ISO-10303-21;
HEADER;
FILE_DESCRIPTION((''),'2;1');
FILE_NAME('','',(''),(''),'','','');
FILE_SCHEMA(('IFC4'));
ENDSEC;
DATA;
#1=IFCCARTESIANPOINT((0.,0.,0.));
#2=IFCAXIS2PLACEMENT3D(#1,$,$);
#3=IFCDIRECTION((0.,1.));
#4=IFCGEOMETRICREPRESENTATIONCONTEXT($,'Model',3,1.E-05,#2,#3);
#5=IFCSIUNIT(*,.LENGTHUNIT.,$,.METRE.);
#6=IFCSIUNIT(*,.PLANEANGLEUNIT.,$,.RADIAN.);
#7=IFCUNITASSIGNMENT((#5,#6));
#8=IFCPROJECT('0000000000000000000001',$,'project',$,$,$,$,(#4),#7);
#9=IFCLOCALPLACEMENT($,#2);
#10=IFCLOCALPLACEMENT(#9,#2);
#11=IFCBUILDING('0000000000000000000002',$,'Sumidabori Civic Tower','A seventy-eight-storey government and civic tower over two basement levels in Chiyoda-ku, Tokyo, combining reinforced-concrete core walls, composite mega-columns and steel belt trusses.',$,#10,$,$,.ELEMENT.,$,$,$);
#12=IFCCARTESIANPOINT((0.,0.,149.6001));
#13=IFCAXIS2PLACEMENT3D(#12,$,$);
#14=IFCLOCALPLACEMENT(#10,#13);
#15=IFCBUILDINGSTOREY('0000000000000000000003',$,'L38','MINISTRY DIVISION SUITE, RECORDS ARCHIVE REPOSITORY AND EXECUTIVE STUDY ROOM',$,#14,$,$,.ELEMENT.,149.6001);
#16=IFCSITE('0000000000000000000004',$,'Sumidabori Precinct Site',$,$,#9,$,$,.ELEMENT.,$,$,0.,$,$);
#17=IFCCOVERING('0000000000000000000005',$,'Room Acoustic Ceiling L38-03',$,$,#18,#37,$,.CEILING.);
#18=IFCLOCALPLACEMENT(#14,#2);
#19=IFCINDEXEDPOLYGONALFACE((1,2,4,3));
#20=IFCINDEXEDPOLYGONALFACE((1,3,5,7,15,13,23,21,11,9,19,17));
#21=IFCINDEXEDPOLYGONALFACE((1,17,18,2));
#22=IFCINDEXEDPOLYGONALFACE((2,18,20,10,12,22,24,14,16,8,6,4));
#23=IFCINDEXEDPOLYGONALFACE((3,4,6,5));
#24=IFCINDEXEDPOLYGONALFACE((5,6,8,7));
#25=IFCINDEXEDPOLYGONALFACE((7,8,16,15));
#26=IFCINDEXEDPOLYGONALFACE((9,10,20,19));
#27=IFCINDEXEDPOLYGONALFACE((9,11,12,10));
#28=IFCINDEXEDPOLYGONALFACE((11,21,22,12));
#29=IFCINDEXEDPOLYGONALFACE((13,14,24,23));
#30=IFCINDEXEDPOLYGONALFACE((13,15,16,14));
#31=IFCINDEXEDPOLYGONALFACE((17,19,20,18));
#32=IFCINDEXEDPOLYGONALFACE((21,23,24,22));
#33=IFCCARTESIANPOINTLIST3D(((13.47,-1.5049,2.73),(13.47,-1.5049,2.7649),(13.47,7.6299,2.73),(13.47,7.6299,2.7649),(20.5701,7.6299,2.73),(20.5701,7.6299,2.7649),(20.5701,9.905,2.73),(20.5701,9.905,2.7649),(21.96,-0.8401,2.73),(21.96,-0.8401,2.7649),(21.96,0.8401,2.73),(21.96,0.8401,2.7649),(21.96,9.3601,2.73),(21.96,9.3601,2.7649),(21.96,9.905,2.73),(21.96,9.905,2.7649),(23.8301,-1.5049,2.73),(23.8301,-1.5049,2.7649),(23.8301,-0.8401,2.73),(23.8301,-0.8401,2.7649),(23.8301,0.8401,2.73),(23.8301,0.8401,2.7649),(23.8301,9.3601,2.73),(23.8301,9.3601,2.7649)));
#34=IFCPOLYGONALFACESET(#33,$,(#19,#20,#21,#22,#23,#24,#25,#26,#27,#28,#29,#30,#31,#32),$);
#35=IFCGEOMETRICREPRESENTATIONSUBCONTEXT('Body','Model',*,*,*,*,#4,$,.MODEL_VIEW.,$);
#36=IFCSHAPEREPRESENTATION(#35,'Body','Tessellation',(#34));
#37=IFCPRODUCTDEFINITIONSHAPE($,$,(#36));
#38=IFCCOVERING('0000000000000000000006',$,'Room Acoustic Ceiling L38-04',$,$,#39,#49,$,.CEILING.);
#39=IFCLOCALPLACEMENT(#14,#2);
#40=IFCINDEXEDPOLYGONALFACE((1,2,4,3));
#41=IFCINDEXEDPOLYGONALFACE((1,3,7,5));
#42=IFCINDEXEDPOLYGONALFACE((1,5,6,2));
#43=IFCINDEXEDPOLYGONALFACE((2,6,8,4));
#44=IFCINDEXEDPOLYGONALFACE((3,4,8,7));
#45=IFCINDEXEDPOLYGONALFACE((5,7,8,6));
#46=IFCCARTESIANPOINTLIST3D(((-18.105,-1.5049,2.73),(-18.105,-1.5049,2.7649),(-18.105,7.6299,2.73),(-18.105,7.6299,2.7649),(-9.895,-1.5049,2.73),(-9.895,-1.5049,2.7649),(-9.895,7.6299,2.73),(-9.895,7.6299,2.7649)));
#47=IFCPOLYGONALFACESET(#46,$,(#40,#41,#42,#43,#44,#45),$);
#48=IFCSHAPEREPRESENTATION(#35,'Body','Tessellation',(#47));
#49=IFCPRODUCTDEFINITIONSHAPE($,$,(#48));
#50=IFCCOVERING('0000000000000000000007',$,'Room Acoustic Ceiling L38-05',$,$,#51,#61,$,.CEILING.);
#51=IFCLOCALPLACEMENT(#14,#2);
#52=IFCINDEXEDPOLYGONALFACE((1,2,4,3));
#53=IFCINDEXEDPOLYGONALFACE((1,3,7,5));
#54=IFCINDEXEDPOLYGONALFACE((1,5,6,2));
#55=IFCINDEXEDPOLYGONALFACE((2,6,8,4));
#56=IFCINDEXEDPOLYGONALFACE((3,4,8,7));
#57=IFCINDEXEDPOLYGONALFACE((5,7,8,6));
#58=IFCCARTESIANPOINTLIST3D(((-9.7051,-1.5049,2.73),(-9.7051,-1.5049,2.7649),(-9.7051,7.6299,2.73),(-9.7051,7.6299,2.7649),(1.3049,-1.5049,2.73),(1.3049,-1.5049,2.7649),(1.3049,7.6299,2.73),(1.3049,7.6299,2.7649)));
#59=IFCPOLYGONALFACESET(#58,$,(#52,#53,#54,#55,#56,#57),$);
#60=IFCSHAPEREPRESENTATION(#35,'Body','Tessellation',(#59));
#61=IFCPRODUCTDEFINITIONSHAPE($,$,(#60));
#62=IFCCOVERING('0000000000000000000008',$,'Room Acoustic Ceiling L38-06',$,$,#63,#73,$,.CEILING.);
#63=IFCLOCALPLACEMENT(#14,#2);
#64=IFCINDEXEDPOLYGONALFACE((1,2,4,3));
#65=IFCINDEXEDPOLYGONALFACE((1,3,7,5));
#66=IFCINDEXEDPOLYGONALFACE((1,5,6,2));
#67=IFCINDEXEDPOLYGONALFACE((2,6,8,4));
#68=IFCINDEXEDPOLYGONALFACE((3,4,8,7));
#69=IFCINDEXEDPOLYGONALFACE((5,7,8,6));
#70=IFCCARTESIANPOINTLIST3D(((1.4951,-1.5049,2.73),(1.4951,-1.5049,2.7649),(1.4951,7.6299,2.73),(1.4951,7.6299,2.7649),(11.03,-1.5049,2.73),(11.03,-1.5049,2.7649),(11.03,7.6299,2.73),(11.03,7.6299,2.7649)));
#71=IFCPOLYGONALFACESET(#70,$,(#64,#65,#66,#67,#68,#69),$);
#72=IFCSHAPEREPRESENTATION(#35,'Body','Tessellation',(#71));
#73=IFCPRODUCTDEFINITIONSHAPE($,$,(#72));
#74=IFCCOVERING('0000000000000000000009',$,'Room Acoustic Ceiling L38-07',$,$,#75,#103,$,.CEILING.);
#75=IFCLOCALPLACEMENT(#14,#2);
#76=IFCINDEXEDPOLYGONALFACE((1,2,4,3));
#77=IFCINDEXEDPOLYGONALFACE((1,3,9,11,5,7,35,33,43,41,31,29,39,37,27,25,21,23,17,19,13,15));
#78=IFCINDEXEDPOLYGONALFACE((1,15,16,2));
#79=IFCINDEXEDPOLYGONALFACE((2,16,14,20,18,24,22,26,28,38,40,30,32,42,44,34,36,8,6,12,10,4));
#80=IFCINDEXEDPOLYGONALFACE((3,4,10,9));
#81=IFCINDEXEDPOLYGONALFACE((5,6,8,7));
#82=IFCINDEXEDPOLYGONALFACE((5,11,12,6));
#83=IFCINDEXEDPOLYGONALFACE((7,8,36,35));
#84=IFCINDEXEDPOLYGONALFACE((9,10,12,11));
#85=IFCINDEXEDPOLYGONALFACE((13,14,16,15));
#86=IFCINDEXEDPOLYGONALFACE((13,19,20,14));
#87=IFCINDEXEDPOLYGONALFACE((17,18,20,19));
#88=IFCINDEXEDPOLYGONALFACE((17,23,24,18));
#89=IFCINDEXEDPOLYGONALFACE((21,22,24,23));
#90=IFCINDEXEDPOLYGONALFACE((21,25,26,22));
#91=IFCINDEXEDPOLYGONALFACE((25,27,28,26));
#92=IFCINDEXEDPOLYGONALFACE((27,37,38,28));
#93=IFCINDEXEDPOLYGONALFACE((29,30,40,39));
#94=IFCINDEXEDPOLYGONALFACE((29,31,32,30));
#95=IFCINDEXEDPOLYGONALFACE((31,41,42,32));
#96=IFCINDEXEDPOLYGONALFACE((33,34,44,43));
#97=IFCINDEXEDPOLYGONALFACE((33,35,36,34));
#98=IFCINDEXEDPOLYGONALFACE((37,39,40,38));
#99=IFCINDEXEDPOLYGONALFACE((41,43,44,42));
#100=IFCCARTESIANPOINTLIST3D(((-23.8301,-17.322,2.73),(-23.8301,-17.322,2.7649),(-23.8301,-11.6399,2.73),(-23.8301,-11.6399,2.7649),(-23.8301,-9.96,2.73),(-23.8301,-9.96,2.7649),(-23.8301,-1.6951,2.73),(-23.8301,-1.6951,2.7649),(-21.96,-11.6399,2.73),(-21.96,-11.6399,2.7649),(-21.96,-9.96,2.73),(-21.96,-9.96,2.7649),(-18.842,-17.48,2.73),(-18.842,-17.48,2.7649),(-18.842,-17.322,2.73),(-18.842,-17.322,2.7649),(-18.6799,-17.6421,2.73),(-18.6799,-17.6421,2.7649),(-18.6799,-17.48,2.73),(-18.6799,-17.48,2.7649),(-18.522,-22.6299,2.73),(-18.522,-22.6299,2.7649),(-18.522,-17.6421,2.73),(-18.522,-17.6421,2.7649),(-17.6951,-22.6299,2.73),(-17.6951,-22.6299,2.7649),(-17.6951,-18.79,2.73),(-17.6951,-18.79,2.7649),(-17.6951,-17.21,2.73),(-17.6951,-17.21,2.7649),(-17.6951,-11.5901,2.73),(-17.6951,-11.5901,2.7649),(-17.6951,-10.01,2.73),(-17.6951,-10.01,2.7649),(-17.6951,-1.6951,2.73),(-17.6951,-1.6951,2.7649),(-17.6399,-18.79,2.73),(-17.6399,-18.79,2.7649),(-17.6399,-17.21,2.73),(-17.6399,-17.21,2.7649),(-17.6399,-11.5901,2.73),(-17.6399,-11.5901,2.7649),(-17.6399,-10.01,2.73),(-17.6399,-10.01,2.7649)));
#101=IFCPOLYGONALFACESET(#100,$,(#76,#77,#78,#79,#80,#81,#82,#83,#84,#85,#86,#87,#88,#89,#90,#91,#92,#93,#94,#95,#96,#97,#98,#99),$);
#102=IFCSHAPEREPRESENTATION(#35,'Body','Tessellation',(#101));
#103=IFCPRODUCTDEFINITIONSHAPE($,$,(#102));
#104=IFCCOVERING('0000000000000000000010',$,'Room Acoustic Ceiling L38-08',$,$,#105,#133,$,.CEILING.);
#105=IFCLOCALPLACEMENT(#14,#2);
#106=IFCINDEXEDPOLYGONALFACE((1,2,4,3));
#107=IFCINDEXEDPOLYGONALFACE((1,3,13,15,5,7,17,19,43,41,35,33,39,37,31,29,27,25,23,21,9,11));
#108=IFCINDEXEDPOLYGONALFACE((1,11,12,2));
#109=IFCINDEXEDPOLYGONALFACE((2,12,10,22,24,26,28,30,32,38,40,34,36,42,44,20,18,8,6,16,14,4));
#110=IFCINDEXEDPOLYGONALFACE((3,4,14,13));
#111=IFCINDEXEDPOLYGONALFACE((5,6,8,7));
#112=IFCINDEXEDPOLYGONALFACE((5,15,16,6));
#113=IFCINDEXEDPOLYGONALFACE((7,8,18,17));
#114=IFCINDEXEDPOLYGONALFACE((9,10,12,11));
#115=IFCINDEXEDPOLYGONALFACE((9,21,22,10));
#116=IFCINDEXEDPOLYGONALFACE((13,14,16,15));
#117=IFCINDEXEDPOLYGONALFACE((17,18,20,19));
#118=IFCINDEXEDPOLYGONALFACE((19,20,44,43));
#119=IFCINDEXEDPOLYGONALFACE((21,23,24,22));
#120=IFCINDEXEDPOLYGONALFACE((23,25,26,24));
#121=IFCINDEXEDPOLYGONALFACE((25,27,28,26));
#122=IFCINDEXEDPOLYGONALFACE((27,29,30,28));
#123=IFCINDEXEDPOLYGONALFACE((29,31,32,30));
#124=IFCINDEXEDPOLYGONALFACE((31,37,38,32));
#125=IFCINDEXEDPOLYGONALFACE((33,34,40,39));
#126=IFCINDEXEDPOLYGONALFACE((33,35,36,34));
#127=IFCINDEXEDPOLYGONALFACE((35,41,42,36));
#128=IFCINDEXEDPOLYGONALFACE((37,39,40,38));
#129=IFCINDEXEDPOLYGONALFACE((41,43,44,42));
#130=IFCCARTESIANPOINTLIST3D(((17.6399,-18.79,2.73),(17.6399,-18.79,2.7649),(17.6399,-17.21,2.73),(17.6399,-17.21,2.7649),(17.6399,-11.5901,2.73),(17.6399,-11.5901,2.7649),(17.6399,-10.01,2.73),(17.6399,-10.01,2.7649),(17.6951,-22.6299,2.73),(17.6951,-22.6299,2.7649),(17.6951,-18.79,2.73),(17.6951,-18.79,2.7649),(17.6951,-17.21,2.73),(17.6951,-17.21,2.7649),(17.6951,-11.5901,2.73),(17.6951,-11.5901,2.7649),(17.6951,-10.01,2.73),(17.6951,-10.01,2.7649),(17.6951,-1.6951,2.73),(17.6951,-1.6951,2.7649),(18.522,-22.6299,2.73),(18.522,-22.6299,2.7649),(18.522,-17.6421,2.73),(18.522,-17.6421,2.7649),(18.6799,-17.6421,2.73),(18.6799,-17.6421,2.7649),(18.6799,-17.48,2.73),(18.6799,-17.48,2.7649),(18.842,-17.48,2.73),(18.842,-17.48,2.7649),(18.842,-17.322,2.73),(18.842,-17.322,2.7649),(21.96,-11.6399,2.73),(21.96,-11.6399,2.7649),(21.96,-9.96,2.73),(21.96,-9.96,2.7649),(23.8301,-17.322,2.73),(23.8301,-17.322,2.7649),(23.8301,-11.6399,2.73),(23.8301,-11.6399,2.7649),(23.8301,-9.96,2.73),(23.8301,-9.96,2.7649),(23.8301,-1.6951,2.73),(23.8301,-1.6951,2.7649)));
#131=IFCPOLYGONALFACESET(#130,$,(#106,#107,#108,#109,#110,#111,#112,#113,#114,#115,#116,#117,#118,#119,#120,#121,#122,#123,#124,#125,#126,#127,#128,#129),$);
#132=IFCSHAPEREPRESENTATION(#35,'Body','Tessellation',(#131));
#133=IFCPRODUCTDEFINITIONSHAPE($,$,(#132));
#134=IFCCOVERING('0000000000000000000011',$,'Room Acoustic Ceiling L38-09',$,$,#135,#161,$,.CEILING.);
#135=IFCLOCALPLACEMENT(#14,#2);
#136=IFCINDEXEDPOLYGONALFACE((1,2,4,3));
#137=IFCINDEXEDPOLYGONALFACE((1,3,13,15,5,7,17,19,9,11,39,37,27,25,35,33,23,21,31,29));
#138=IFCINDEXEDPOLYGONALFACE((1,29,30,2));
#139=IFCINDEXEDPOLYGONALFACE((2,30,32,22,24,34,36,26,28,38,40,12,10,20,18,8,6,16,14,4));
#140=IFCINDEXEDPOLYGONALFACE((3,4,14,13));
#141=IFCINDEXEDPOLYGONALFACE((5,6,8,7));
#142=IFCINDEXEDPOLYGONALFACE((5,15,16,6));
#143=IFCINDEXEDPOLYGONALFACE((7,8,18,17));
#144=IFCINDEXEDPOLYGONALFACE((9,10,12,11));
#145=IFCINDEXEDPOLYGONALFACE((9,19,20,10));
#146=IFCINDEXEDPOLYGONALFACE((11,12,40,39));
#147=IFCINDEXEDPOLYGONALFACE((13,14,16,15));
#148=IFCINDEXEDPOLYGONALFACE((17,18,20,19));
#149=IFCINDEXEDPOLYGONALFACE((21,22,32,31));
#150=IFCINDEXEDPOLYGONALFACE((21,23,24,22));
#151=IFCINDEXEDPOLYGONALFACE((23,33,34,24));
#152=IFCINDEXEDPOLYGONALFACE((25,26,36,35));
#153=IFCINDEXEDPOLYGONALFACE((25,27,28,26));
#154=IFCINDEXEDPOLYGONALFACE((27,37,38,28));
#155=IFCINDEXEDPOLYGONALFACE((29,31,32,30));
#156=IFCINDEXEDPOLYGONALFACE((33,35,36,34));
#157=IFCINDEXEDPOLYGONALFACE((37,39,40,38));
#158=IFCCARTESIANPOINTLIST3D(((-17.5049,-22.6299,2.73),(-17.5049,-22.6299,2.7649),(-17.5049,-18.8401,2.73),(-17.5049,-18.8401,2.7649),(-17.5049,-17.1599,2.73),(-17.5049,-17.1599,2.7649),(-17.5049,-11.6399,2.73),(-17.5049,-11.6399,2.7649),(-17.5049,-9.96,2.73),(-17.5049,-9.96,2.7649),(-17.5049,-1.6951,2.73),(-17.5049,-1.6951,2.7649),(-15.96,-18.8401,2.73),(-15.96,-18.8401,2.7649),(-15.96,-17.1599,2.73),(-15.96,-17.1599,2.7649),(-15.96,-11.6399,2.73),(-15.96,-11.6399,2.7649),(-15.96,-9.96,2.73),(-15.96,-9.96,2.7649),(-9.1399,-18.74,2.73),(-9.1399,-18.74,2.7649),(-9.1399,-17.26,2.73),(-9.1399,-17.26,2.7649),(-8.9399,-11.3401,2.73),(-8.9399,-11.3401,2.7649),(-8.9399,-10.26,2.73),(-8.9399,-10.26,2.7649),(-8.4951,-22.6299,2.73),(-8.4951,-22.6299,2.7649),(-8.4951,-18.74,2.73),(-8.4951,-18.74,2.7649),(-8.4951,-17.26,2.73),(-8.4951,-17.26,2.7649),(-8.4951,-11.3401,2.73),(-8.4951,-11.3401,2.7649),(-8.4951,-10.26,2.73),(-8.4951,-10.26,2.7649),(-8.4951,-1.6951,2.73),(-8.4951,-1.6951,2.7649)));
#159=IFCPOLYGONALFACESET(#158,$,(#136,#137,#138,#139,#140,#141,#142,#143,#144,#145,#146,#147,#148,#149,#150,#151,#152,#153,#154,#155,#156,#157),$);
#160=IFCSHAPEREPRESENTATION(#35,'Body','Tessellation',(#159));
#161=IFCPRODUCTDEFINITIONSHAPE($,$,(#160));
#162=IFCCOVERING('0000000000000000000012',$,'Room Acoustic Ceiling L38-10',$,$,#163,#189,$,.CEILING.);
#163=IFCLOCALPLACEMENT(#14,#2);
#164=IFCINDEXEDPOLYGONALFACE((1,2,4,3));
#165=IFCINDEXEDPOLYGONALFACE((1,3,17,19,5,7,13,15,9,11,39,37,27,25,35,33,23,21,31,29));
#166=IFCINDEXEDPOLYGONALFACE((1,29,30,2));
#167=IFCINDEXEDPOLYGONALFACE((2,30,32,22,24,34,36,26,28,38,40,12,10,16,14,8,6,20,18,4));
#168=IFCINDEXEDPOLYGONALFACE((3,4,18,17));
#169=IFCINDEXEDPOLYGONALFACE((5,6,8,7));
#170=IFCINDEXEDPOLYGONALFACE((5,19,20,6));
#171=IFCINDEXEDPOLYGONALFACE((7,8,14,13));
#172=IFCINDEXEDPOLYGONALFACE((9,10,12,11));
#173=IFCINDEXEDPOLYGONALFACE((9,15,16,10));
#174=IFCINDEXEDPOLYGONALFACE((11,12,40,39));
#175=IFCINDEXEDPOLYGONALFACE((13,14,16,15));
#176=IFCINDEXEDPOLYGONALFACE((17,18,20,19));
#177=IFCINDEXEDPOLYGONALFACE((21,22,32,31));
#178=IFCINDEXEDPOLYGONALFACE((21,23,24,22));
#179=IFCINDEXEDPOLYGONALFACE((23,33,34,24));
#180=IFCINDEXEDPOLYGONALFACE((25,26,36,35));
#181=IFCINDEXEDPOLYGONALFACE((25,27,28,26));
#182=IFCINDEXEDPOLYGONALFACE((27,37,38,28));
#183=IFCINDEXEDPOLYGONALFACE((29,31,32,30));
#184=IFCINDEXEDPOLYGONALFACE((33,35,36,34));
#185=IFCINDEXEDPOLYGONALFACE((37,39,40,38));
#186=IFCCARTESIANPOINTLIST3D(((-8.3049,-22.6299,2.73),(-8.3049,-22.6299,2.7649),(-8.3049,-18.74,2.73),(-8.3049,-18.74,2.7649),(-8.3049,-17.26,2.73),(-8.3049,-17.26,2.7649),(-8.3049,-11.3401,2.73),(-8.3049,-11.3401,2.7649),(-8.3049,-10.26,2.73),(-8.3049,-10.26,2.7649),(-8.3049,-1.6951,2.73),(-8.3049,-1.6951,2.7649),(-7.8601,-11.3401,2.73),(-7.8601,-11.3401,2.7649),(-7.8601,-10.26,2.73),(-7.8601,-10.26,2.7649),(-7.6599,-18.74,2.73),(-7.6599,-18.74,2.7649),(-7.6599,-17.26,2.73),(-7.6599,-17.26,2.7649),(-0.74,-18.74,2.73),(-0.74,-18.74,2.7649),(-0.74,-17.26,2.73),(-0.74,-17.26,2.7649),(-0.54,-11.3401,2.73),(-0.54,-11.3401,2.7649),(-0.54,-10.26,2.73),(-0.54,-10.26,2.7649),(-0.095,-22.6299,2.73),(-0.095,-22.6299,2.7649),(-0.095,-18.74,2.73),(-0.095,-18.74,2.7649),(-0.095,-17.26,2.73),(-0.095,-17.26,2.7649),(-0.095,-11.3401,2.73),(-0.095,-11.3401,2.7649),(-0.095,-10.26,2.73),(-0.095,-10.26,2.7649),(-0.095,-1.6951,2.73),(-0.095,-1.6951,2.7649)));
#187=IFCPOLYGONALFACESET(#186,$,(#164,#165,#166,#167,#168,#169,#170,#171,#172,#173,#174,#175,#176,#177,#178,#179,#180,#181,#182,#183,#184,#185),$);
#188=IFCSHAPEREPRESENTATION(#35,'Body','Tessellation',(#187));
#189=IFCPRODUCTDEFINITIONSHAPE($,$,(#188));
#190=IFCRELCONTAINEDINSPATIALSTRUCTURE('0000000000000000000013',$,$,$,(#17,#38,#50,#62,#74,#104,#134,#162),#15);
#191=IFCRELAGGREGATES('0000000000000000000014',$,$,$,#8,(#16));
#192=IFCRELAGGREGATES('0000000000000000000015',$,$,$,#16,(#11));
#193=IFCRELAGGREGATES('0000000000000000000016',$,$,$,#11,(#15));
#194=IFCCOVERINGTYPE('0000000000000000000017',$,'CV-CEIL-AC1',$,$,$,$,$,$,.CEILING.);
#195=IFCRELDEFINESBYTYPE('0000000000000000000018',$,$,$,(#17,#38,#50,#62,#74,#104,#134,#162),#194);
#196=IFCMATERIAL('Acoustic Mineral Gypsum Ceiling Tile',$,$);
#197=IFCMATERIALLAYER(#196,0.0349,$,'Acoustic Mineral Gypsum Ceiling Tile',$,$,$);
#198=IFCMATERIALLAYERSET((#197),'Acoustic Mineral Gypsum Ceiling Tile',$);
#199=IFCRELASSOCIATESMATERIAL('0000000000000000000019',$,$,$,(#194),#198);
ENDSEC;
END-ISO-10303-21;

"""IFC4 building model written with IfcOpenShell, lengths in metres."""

from ifc_helpers import new_model, si_unit, direction, frame, origin, place, context, subcontext, project, spatial, polyline, outline, extrude, material, layer, layer_set, type_object, element, save


model = new_model("IFC4")

# Units and contexts
model_context = context("Model", 3, precision=1e-05, world=origin(), true_north=direction((0.0, 1.0)))
body_context = subcontext(model_context, "Body", "Model", "MODEL_VIEW")
ifc_project = project(units=[si_unit("LENGTHUNIT", "METRE"), si_unit("PLANEANGLEUNIT", "RADIAN")], contexts=[model_context])

# Site, building, storey
site_placement = place(None, origin())
site = spatial("IfcSite", under=ifc_project, at=site_placement, Name="Sumidabori Precinct Site", CompositionType="ELEMENT", RefElevation=0.0)
building_placement = place(site_placement, origin())
building = spatial("IfcBuilding", under=site, at=building_placement, Name="Sumidabori Civic Tower", Description="A seventy-eight-storey government and civic tower over two basement levels in Chiyoda-ku, Tokyo, combining reinforced-concrete core walls, composite mega-columns and steel belt trusses.", CompositionType="ELEMENT")
storey_placement = place(building_placement, frame((0.0, 0.0, 149.6001)))
storey = spatial("IfcBuildingStorey", under=building, at=storey_placement, Name="L38", Description="MINISTRY DIVISION SUITE, RECORDS ARCHIVE REPOSITORY AND EXECUTIVE STUDY ROOM", CompositionType="ELEMENT", Elevation=149.6001)

# Coverings
ifc_material_1 = material(Name="Acoustic Mineral Gypsum Ceiling Tile")
ifc_layer_1 = layer(ifc_material_1, 0.0349, Name="Acoustic Mineral Gypsum Ceiling Tile")
ifc_layer_set_1 = layer_set([ifc_layer_1], Name="Acoustic Mineral Gypsum Ceiling Tile")
covering_type_1 = type_object("IfcCoveringType", Name="CV-CEIL-AC1", PredefinedType="CEILING", material=ifc_layer_set_1)
covering_1_placement = place(storey_placement, frame((0.0, 0.0, 2.73)))
element("IfcCovering", 1, at=covering_1_placement, inside=storey, type_object=covering_type_1, Name="Room Acoustic Ceiling L38-03", PredefinedType="CEILING", context=body_context, shape_type="SweptSolid", body=[
    extrude(outline(polyline([(13.47, 7.6299), (20.5701, 7.6299), (20.5701, 9.905), (21.96, 9.905), (21.96, 9.3601), (23.8301, 9.3601), (23.8301, 0.8401), (21.96, 0.8401), (21.96, -0.8401), (23.8301, -0.8401), (23.8301, -1.5049), (13.47, -1.5049), (13.47, 7.6299)])), origin(), (0.0, 0.0, 1.0), 0.0349),
])
covering_2_placement = place(storey_placement, frame((0.0, 0.0, 2.73)))
element("IfcCovering", 2, at=covering_2_placement, inside=storey, type_object=covering_type_1, Name="Room Acoustic Ceiling L38-04", PredefinedType="CEILING", context=body_context, shape_type="SweptSolid", body=[
    extrude(outline(polyline([(-18.105, 7.6299), (-9.895, 7.6299), (-9.895, -1.5049), (-18.105, -1.5049), (-18.105, 7.6299)])), origin(), (0.0, 0.0, 1.0), 0.0349),
])
covering_3_placement = place(storey_placement, frame((0.0, 0.0, 2.73)))
element("IfcCovering", 3, at=covering_3_placement, inside=storey, type_object=covering_type_1, Name="Room Acoustic Ceiling L38-05", PredefinedType="CEILING", context=body_context, shape_type="SweptSolid", body=[
    extrude(outline(polyline([(-9.7051, 7.6299), (1.3049, 7.6299), (1.3049, -1.5049), (-9.7051, -1.5049), (-9.7051, 7.6299)])), origin(), (0.0, 0.0, 1.0), 0.0349),
])
covering_4_placement = place(storey_placement, frame((0.0, 0.0, 2.73)))
element("IfcCovering", 4, at=covering_4_placement, inside=storey, type_object=covering_type_1, Name="Room Acoustic Ceiling L38-06", PredefinedType="CEILING", context=body_context, shape_type="SweptSolid", body=[
    extrude(outline(polyline([(1.4951, 7.6299), (11.03, 7.6299), (11.03, -1.5049), (1.4951, -1.5049), (1.4951, 7.6299)])), origin(), (0.0, 0.0, 1.0), 0.0349),
])
covering_5_placement = place(storey_placement, frame((0.0, 0.0, 2.73)))
element("IfcCovering", 5, at=covering_5_placement, inside=storey, type_object=covering_type_1, Name="Room Acoustic Ceiling L38-07", PredefinedType="CEILING", context=body_context, shape_type="SweptSolid", body=[
    extrude(outline(polyline([(-21.96, -11.6399), (-21.96, -9.96), (-23.8301, -9.96), (-23.8301, -1.6951), (-17.6951, -1.6951), (-17.6951, -10.01), (-17.6399, -10.01), (-17.6399, -11.5901), (-17.6951, -11.5901), (-17.6951, -17.21), (-17.6399, -17.21), (-17.6399, -18.79), (-17.6951, -18.79), (-17.6951, -22.6299), (-18.522, -22.6299), (-18.522, -17.6421), (-18.6799, -17.6421), (-18.6799, -17.48), (-18.842, -17.48), (-18.842, -17.322), (-23.8301, -17.322), (-23.8301, -11.6399), (-21.96, -11.6399)])), origin(), (0.0, 0.0, 1.0), 0.0349),
])
covering_6_placement = place(storey_placement, frame((0.0, 0.0, 2.73)))
element("IfcCovering", 6, at=covering_6_placement, inside=storey, type_object=covering_type_1, Name="Room Acoustic Ceiling L38-08", PredefinedType="CEILING", context=body_context, shape_type="SweptSolid", body=[
    extrude(outline(polyline([(17.6951, -18.79), (17.6399, -18.79), (17.6399, -17.21), (17.6951, -17.21), (17.6951, -11.5901), (17.6399, -11.5901), (17.6399, -10.01), (17.6951, -10.01), (17.6951, -1.6951), (23.8301, -1.6951), (23.8301, -9.96), (21.96, -9.96), (21.96, -11.6399), (23.8301, -11.6399), (23.8301, -17.322), (18.842, -17.322), (18.842, -17.48), (18.6799, -17.48), (18.6799, -17.6421), (18.522, -17.6421), (18.522, -22.6299), (17.6951, -22.6299), (17.6951, -18.79)])), origin(), (0.0, 0.0, 1.0), 0.0349),
])
covering_7_placement = place(storey_placement, frame((0.0, 0.0, 2.73)))
element("IfcCovering", 7, at=covering_7_placement, inside=storey, type_object=covering_type_1, Name="Room Acoustic Ceiling L38-09", PredefinedType="CEILING", context=body_context, shape_type="SweptSolid", body=[
    extrude(outline(polyline([(-17.5049, -18.8401), (-15.96, -18.8401), (-15.96, -17.1599), (-17.5049, -17.1599), (-17.5049, -11.6399), (-15.96, -11.6399), (-15.96, -9.96), (-17.5049, -9.96), (-17.5049, -1.6951), (-8.4951, -1.6951), (-8.4951, -10.26), (-8.9399, -10.26), (-8.9399, -11.3401), (-8.4951, -11.3401), (-8.4951, -17.26), (-9.1399, -17.26), (-9.1399, -18.74), (-8.4951, -18.74), (-8.4951, -22.6299), (-17.5049, -22.6299), (-17.5049, -18.8401)])), origin(), (0.0, 0.0, 1.0), 0.0349),
])
covering_8_placement = place(storey_placement, frame((0.0, 0.0, 2.73)))
element("IfcCovering", 8, at=covering_8_placement, inside=storey, type_object=covering_type_1, Name="Room Acoustic Ceiling L38-10", PredefinedType="CEILING", context=body_context, shape_type="SweptSolid", body=[
    extrude(outline(polyline([(-8.3049, -18.74), (-7.6599, -18.74), (-7.6599, -17.26), (-8.3049, -17.26), (-8.3049, -11.3401), (-7.8601, -11.3401), (-7.8601, -10.26), (-8.3049, -10.26), (-8.3049, -1.6951), (-0.095, -1.6951), (-0.095, -10.26), (-0.54, -10.26), (-0.54, -11.3401), (-0.095, -11.3401), (-0.095, -17.26), (-0.74, -17.26), (-0.74, -18.74), (-0.095, -18.74), (-0.095, -22.6299), (-8.3049, -22.6299), (-8.3049, -18.74)])), origin(), (0.0, 0.0, 1.0), 0.0349),
])

save(model, "model.ifc")
